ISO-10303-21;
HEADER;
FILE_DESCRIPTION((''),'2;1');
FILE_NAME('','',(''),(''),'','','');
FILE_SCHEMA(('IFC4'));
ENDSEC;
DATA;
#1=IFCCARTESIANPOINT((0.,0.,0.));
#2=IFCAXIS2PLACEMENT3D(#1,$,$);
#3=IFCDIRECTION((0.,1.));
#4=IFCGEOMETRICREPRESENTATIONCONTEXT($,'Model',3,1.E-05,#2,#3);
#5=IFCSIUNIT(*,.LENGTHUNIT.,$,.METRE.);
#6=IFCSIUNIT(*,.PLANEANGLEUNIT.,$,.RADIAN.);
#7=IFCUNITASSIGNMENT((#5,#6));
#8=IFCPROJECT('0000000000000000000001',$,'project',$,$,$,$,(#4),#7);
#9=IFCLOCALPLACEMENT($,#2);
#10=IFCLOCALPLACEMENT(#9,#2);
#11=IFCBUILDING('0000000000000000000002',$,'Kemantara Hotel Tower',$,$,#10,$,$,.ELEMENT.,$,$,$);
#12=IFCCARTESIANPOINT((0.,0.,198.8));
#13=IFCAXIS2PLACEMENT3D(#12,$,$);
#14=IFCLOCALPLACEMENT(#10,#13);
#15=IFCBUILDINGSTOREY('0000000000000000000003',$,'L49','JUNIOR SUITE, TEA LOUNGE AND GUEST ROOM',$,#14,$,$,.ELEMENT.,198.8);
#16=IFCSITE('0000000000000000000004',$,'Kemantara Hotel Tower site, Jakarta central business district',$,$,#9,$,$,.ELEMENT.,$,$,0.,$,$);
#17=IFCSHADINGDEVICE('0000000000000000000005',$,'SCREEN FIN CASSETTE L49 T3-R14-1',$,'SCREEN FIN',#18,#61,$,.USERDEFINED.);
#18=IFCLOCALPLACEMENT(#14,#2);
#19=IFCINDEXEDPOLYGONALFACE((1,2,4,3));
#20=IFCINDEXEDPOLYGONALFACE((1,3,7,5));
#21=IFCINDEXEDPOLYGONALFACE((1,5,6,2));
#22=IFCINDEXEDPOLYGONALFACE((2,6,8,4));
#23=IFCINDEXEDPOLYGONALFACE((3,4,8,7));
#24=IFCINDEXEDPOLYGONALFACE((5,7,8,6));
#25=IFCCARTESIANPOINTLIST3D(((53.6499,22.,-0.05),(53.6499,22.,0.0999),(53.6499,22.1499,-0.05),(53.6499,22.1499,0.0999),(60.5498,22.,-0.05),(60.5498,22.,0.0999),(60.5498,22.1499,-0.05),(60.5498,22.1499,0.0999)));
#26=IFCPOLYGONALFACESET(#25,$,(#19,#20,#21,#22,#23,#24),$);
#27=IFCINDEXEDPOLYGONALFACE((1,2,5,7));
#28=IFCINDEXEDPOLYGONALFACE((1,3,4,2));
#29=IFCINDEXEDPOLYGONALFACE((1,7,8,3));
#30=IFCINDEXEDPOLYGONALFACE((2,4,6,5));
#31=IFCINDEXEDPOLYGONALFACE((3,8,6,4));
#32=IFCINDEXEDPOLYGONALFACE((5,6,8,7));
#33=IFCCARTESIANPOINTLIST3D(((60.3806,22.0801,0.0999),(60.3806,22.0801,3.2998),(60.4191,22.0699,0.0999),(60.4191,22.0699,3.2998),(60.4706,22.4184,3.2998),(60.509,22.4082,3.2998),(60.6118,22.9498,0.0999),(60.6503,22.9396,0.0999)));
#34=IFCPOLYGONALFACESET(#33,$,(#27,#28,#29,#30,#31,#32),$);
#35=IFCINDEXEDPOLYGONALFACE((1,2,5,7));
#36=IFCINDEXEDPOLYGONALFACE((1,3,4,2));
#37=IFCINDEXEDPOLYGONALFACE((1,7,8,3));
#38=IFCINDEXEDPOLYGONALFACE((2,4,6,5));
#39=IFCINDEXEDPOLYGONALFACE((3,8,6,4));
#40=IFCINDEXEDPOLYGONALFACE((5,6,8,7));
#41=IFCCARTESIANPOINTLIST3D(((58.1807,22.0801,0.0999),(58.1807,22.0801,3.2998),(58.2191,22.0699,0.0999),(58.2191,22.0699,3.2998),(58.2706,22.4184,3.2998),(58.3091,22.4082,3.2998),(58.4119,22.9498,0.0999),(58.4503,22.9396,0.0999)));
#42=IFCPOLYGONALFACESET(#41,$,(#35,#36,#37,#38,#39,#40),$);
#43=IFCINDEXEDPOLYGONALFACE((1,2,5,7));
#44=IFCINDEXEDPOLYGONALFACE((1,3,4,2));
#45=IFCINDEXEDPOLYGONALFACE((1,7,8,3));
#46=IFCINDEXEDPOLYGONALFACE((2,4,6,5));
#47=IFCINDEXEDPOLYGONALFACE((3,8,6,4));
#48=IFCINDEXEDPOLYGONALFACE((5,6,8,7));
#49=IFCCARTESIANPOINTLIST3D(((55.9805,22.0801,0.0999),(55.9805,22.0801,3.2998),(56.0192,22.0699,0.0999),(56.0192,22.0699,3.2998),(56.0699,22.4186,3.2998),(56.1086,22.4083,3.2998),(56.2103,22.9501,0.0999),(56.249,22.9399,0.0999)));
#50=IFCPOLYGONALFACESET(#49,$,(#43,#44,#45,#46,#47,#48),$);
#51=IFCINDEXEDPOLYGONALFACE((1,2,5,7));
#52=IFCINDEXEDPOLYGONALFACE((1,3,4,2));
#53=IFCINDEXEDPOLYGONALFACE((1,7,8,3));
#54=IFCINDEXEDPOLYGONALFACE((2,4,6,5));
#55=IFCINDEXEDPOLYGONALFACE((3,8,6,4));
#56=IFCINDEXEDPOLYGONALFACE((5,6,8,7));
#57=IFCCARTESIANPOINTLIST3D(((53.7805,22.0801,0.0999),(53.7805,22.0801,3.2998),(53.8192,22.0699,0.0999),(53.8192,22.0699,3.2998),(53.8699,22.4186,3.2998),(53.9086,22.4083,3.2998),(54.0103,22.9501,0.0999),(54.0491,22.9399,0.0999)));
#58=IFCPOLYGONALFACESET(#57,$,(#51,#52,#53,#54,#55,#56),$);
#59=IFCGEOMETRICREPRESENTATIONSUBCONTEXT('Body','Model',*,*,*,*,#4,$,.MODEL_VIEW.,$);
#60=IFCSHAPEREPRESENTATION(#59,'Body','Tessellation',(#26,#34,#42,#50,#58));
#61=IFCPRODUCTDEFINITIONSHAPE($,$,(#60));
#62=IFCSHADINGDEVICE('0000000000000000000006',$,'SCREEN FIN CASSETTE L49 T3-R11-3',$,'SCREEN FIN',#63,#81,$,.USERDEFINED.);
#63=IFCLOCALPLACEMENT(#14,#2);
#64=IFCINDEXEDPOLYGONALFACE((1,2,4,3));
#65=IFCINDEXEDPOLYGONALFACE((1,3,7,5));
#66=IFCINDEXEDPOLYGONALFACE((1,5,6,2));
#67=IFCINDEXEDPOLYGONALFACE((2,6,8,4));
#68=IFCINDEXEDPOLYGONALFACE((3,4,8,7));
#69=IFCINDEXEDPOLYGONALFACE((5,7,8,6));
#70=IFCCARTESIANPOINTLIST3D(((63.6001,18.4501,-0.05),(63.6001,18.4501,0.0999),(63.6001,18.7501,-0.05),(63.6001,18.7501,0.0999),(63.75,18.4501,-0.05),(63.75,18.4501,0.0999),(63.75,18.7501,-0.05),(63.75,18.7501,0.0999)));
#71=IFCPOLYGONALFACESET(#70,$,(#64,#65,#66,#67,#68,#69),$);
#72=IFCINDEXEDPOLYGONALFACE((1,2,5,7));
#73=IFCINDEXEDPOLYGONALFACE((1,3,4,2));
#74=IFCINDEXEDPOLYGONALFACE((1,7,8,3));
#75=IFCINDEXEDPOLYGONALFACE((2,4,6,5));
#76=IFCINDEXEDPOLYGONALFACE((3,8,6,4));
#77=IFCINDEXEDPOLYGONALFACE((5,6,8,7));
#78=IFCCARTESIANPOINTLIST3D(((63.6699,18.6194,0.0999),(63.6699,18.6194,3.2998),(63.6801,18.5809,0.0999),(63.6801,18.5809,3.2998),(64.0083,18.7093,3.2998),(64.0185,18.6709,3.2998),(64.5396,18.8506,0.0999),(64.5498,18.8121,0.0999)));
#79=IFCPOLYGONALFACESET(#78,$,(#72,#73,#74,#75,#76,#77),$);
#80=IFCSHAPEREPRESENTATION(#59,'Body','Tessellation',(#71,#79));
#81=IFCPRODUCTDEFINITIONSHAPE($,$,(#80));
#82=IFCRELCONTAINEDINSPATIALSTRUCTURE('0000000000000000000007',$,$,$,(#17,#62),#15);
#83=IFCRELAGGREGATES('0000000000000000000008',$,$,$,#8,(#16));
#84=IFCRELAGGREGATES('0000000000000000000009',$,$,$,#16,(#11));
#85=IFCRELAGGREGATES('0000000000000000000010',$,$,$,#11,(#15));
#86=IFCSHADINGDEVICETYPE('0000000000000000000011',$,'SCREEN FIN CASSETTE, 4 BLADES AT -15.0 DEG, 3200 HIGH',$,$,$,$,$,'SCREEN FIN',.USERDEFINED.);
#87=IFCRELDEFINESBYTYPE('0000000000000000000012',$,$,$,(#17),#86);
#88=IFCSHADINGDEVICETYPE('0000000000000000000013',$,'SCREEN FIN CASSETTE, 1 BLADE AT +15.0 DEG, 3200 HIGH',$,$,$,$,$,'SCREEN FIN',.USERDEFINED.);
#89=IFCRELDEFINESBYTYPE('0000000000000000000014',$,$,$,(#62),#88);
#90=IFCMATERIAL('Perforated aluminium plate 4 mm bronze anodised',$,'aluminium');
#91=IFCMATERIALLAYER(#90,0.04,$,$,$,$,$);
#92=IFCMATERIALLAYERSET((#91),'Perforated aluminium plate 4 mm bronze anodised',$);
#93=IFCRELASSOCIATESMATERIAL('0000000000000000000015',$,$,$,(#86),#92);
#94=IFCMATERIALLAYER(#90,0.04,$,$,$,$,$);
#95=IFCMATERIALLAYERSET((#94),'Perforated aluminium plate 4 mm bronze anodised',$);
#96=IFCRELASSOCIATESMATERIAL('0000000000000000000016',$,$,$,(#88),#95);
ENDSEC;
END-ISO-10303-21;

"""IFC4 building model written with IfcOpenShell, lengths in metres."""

from ifc_helpers import new_model, si_unit, direction, frame, origin, origin_2d, place, context, subcontext, project, spatial, polyline, rectangle, outline, extrude, source, transform, mapped, material, layer, layer_set, type_object, element, save


model = new_model("IFC4")

# Units and contexts
model_context = context("Model", 3, precision=1e-05, world=origin(), true_north=direction((0.0, 1.0)))
body_context = subcontext(model_context, "Body", "Model", "MODEL_VIEW")
ifc_project = project(units=[si_unit("LENGTHUNIT", "METRE"), si_unit("PLANEANGLEUNIT", "RADIAN")], contexts=[model_context])

# Site, building, storey
site_placement = place(None, origin())
site = spatial("IfcSite", under=ifc_project, at=site_placement, Name="Kemantara Hotel Tower site, Jakarta central business district", CompositionType="ELEMENT", RefElevation=0.0)
building_placement = place(site_placement, origin())
building = spatial("IfcBuilding", under=site, at=building_placement, Name="Kemantara Hotel Tower", CompositionType="ELEMENT")
storey_placement = place(building_placement, frame((0.0, 0.0, 198.8)))
storey = spatial("IfcBuildingStorey", under=building, at=storey_placement, Name="L49", Description="JUNIOR SUITE, TEA LOUNGE AND GUEST ROOM", CompositionType="ELEMENT", Elevation=198.8)

# Shading devices
ifc_material_1 = material(Name="Perforated aluminium plate 4 mm bronze anodised", Category="aluminium")
ifc_layer_1 = layer(ifc_material_1, 0.04)
ifc_layer_set_1 = layer_set([ifc_layer_1], Name="Perforated aluminium plate 4 mm bronze anodised")
shading_device_type_1 = type_object("IfcShadingDeviceType", Name="SCREEN FIN CASSETTE, 4 BLADES AT -15.0 DEG, 3200 HIGH", ElementType="SCREEN FIN", PredefinedType="USERDEFINED", material=ifc_layer_set_1)
shared_shape_1 = source(origin(), body_context, "Body", "SweptSolid", [
    extrude(rectangle(XDim=6.8999, YDim=0.1499, at=origin_2d()), frame((3.3, -0.075, -0.1499), z_axis=(0.0, 0.0, 1.0), x_axis=(1.0, 0.0, 0.0)), (0.0, 0.0, 1.0), 0.1499),
    extrude(outline(polyline([(0.0, 0.0), (0.8999, 0.0), (0.3501, 3.2), (0.0, 3.2), (0.0, 0.0)])), frame((0.0193, -0.0801, 0.0), z_axis=(-0.966438, 0.256901, 0.0), x_axis=(-0.256901, -0.966438, 0.0)), (0.0, 0.0, 1.0), 0.0398),
    extrude(outline(polyline([(0.0, 0.0), (0.8999, 0.0), (0.3501, 3.2), (0.0, 3.2), (0.0, 0.0)])), frame((2.2192, -0.0801, 0.0), z_axis=(-0.966438, 0.256901, 0.0), x_axis=(-0.256901, -0.966438, 0.0)), (0.0, 0.0, 1.0), 0.0398),
    extrude(outline(polyline([(0.0, 0.0), (0.8999, 0.0), (0.3501, 3.2), (0.0, 3.2), (0.0, 0.0)])), frame((4.4194, -0.0801, 0.0), z_axis=(-0.966838, 0.255391, 0.0), x_axis=(-0.255391, -0.966838, 0.0)), (0.0, 0.0, 1.0), 0.04),
    extrude(outline(polyline([(0.0, 0.0), (0.8999, 0.0), (0.3501, 3.2), (0.0, 3.2), (0.0, 0.0)])), frame((6.6194, -0.0801, 0.0), z_axis=(-0.966838, 0.255391, 0.0), x_axis=(-0.255391, -0.966838, 0.0)), (0.0, 0.0, 1.0), 0.04),
])
shading_device_1_placement = place(storey_placement, frame((60.3999, 22.0, 0.0999), z_axis=(0.0, 0.0, 1.0), x_axis=(-1.0, 0.0, 0.0)))
element("IfcShadingDevice", 1, at=shading_device_1_placement, inside=storey, type_object=shading_device_type_1, Name="SCREEN FIN CASSETTE L49 T3-R14-1", ObjectType="SCREEN FIN", PredefinedType="USERDEFINED", context=body_context, shape_type="MappedRepresentation", body=[
    mapped(shared_shape_1, transform((0.0, 0.0, 0.0))),
])
ifc_layer_2 = layer(ifc_material_1, 0.04)
ifc_layer_set_2 = layer_set([ifc_layer_2], Name="Perforated aluminium plate 4 mm bronze anodised")
shading_device_type_2 = type_object("IfcShadingDeviceType", Name="SCREEN FIN CASSETTE, 1 BLADE AT +15.0 DEG, 3200 HIGH", ElementType="SCREEN FIN", PredefinedType="USERDEFINED", material=ifc_layer_set_2)
shared_shape_2 = source(origin(), body_context, "Body", "SweptSolid", [
    extrude(rectangle(XDim=0.3, YDim=0.1499, at=origin_2d()), frame((0.0, -0.075, -0.1499), z_axis=(0.0, 0.0, 1.0), x_axis=(1.0, 0.0, 0.0)), (0.0, 0.0, 1.0), 0.1499),
    extrude(outline(polyline([(0.0, 0.0), (0.8999, 0.0), (0.3501, 3.2), (0.0, 3.2), (0.0, 0.0)])), frame((0.0193, -0.0698, 0.0), z_axis=(-0.966438, -0.256901, 0.0), x_axis=(0.256901, -0.966438, 0.0)), (0.0, 0.0, 1.0), 0.0398),
])
shading_device_2_placement = place(storey_placement, frame((63.6001, 18.6001, 0.0999), z_axis=(0.0, 0.0, 1.0), x_axis=(0.0, 1.0, 0.0)))
element("IfcShadingDevice", 2, at=shading_device_2_placement, inside=storey, type_object=shading_device_type_2, Name="SCREEN FIN CASSETTE L49 T3-R11-3", ObjectType="SCREEN FIN", PredefinedType="USERDEFINED", context=body_context, shape_type="MappedRepresentation", body=[
    mapped(shared_shape_2, transform((0.0, 0.0, 0.0))),
])

save(model, "model.ifc")
